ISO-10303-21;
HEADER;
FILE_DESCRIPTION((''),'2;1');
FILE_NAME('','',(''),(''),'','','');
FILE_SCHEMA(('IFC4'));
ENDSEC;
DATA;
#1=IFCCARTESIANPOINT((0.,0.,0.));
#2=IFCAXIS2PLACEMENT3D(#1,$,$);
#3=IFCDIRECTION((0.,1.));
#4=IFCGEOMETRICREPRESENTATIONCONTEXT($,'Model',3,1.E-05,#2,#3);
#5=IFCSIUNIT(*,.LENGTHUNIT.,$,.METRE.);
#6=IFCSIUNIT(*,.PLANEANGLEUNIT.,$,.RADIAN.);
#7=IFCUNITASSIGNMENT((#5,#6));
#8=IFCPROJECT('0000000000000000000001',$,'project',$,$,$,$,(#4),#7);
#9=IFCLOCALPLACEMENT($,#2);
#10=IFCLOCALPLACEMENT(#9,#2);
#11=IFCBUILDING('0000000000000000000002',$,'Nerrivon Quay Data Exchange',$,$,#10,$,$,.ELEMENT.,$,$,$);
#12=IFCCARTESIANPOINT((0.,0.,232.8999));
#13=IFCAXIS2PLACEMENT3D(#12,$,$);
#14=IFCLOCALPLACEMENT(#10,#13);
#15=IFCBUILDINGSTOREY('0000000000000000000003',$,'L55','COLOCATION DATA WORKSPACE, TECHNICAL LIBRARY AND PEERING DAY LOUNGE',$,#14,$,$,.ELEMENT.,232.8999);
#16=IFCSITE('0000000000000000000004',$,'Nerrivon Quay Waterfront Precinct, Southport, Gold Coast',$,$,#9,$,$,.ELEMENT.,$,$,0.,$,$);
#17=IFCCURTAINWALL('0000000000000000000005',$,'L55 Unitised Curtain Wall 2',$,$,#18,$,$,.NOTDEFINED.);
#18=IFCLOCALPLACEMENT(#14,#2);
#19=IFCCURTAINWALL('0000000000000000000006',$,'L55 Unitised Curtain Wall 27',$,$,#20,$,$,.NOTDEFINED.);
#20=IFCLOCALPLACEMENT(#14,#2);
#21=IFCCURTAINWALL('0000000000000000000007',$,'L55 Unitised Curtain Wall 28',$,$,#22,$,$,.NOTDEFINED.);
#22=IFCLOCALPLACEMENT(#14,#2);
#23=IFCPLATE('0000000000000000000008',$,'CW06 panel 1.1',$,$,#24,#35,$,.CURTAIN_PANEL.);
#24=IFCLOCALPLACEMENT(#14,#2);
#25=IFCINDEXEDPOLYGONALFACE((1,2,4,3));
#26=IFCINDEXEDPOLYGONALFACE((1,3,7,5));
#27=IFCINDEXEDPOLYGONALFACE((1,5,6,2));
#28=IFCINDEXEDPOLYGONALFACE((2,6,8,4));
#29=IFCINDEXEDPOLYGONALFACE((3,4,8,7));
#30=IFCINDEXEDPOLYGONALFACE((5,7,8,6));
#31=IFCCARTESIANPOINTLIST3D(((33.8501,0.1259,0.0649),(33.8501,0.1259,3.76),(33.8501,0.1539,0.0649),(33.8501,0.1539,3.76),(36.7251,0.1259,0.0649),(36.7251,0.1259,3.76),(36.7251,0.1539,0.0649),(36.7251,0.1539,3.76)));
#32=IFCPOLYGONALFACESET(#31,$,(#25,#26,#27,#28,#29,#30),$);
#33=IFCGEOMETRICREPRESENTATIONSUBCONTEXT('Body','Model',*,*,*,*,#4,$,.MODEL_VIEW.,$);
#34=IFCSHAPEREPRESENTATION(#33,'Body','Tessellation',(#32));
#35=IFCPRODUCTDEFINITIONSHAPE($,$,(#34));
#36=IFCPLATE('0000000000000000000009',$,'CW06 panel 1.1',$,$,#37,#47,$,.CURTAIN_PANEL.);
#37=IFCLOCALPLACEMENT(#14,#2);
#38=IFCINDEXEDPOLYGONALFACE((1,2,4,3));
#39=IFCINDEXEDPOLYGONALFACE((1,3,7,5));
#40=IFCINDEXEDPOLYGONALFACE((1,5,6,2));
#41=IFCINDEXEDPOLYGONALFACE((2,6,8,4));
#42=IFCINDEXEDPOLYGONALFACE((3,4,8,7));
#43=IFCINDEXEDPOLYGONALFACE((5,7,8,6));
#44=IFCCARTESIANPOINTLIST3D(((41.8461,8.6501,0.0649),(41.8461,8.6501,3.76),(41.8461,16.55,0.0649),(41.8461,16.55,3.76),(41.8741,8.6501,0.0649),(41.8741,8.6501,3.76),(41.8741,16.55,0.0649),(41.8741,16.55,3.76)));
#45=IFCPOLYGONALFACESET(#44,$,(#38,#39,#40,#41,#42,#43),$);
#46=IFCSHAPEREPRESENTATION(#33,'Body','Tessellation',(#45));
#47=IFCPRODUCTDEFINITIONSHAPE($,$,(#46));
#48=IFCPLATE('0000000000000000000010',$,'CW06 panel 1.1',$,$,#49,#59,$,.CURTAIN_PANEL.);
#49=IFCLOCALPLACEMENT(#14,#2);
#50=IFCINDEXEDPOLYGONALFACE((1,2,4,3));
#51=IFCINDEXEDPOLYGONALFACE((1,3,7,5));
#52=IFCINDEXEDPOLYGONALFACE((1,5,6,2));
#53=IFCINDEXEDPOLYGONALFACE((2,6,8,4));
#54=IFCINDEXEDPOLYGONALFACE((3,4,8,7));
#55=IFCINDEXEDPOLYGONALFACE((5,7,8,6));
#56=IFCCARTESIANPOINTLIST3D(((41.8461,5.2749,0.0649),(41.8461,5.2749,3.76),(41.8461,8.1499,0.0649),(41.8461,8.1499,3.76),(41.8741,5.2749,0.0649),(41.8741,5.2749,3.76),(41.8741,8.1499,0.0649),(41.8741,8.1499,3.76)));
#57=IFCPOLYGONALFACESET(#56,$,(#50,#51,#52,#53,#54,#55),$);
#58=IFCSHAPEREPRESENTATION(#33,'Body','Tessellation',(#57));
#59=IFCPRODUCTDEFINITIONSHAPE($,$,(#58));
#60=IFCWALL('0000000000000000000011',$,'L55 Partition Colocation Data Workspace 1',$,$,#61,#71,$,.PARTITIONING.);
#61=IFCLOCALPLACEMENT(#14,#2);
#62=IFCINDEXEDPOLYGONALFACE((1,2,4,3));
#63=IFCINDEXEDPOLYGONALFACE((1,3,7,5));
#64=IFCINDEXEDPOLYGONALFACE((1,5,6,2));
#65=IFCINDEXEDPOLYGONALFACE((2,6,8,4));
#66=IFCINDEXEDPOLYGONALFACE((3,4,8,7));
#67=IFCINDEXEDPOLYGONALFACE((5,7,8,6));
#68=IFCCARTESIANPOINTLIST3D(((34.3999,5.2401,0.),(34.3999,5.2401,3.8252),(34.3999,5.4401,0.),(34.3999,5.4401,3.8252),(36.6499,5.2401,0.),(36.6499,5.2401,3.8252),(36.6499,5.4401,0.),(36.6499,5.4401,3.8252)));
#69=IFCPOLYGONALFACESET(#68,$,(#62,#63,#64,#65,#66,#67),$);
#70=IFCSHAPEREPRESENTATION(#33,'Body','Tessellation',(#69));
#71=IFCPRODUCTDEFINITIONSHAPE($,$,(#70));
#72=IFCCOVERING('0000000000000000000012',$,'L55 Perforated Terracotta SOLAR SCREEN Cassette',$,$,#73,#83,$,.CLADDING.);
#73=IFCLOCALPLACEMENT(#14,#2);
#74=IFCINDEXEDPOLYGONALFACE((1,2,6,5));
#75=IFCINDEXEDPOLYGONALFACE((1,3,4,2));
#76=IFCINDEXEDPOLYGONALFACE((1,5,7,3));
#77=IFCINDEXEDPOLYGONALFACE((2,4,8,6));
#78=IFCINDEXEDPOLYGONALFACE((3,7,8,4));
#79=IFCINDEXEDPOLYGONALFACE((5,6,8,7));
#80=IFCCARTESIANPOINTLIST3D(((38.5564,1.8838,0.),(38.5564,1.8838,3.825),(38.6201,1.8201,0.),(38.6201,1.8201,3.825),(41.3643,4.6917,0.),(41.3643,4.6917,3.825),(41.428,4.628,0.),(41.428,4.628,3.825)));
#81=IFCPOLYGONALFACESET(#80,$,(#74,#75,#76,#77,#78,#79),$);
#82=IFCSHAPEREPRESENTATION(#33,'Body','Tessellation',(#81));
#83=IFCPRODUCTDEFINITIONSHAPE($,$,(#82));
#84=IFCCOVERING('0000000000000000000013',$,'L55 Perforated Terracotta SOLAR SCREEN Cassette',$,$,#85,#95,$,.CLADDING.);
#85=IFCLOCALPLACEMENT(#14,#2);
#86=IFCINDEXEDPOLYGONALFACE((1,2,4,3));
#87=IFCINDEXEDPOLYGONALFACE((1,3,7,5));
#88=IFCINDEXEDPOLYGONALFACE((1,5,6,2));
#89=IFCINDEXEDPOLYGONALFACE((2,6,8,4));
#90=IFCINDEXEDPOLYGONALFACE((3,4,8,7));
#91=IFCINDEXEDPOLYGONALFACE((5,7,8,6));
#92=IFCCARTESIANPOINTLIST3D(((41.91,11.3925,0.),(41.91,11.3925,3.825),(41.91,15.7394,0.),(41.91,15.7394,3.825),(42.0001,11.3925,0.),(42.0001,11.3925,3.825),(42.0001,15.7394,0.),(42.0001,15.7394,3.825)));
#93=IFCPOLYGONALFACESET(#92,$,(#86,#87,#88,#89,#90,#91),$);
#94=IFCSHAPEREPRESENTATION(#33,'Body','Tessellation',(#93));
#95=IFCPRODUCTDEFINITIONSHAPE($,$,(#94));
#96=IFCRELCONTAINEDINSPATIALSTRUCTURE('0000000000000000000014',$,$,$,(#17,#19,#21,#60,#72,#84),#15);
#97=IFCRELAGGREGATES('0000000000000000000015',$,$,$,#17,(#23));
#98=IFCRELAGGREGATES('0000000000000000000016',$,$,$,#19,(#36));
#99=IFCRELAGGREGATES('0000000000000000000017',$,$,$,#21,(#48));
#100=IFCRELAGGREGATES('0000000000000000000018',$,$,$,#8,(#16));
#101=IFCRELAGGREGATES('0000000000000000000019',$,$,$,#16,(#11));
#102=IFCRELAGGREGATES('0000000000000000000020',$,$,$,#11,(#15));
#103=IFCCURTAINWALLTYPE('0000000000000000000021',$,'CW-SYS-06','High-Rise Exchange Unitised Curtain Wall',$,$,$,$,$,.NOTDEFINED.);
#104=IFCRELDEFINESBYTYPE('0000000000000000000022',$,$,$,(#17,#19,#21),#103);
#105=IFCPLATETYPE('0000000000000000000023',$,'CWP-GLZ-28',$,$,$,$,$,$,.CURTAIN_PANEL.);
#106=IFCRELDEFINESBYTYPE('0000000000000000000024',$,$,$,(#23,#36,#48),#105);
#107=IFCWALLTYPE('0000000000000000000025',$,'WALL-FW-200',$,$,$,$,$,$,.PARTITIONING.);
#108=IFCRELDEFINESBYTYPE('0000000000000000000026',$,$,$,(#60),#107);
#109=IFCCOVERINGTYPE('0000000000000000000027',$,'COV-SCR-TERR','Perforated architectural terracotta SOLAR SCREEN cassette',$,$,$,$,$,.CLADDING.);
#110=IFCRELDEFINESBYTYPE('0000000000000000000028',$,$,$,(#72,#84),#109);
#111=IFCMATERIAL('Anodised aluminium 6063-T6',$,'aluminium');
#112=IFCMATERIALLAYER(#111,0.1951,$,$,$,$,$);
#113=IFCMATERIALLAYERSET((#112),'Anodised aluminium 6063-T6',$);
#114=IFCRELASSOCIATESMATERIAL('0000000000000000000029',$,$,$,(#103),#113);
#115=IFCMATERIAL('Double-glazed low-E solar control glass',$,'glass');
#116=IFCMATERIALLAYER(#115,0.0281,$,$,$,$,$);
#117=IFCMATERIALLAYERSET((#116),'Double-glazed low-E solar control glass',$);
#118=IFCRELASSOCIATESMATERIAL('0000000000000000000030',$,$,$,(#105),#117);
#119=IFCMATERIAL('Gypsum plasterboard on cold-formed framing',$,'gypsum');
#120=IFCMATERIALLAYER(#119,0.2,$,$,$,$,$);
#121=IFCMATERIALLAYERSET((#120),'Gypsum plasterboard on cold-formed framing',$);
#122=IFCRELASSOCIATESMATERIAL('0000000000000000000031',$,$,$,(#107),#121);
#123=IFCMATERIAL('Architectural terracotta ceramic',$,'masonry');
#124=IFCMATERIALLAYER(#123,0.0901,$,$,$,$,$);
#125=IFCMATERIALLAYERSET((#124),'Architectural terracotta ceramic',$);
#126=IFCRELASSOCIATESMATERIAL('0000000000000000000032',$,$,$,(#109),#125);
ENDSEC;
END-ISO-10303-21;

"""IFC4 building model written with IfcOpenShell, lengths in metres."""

from ifc_helpers import new_model, si_unit, direction, frame, frame_2d, origin, origin_2d, place, context, subcontext, project, spatial, rectangle, extrude, material, layer, layer_set, type_object, element, aggregate, save


model = new_model("IFC4")

# Units and contexts
model_context = context("Model", 3, precision=1e-05, world=origin(), true_north=direction((0.0, 1.0)))
body_context = subcontext(model_context, "Body", "Model", "MODEL_VIEW")
ifc_project = project(units=[si_unit("LENGTHUNIT", "METRE"), si_unit("PLANEANGLEUNIT", "RADIAN")], contexts=[model_context])

# Site, building, storey
site_placement = place(None, origin())
site = spatial("IfcSite", under=ifc_project, at=site_placement, Name="Nerrivon Quay Waterfront Precinct, Southport, Gold Coast", CompositionType="ELEMENT", RefElevation=0.0)
building_placement = place(site_placement, origin())
building = spatial("IfcBuilding", under=site, at=building_placement, Name="Nerrivon Quay Data Exchange", CompositionType="ELEMENT")
storey_placement = place(building_placement, frame((0.0, 0.0, 232.8999)))
storey = spatial("IfcBuildingStorey", under=building, at=storey_placement, Name="L55", Description="COLOCATION DATA WORKSPACE, TECHNICAL LIBRARY AND PEERING DAY LOUNGE", CompositionType="ELEMENT", Elevation=232.8999)

# Shared definitions
ifc_material_1 = material(Name="Anodised aluminium 6063-T6", Category="aluminium")
ifc_layer_1 = layer(ifc_material_1, 0.1951)
ifc_layer_set_1 = layer_set([ifc_layer_1], Name="Anodised aluminium 6063-T6")
curtain_wall_type = type_object("IfcCurtainWallType", Name="CW-SYS-06", Description="High-Rise Exchange Unitised Curtain Wall", PredefinedType="NOTDEFINED", material=ifc_layer_set_1)

# Curtain walls
curtain_wall_1_placement = place(storey_placement, origin())
curtain_wall_1 = element("IfcCurtainWall", 1, at=curtain_wall_1_placement, inside=storey, type_object=curtain_wall_type, Name="L55 Unitised Curtain Wall 2", PredefinedType="NOTDEFINED")
curtain_wall_2_placement = place(storey_placement, origin())
curtain_wall_2 = element("IfcCurtainWall", 2, at=curtain_wall_2_placement, inside=storey, type_object=curtain_wall_type, Name="L55 Unitised Curtain Wall 27", PredefinedType="NOTDEFINED")

# Curtain wall
curtain_wall_3_placement = place(storey_placement, origin())
curtain_wall_3 = element("IfcCurtainWall", 3, at=curtain_wall_3_placement, inside=storey, type_object=curtain_wall_type, Name="L55 Unitised Curtain Wall 28", PredefinedType="NOTDEFINED")

# Plates
ifc_material_2 = material(Name="Double-glazed low-E solar control glass", Category="glass")
ifc_layer_2 = layer(ifc_material_2, 0.0281)
ifc_layer_set_2 = layer_set([ifc_layer_2], Name="Double-glazed low-E solar control glass")
plate_type = type_object("IfcPlateType", Name="CWP-GLZ-28", PredefinedType="CURTAIN_PANEL", material=ifc_layer_set_2)
plate_1_placement = place(storey_placement, frame((35.2876, 0.1399, 0.0649), z_axis=(0.0, 0.0, 1.0), x_axis=(-1.0, 0.0, 0.0)))
plate_1 = element("IfcPlate", 4, at=plate_1_placement, type_object=plate_type, Name="CW06 panel 1.1", PredefinedType="CURTAIN_PANEL", context=body_context, shape_type="SweptSolid", body=[
    extrude(rectangle(XDim=2.875, YDim=0.0281, at=origin_2d()), origin(), (0.0, 0.0, 1.0), 3.6951),
])
aggregate(curtain_wall_1, [plate_1])
plate_2_placement = place(storey_placement, frame((41.8601, 12.6001, 0.0649), z_axis=(0.0, 0.0, 1.0), x_axis=(0.0, -1.0, 0.0)))
plate_2 = element("IfcPlate", 5, at=plate_2_placement, type_object=plate_type, Name="CW06 panel 1.1", PredefinedType="CURTAIN_PANEL", context=body_context, shape_type="SweptSolid", body=[
    extrude(rectangle(XDim=7.8999, YDim=0.0281, at=origin_2d()), origin(), (0.0, 0.0, 1.0), 3.6951),
])
aggregate(curtain_wall_2, [plate_2])
plate_3_placement = place(storey_placement, frame((41.8601, 6.7124, 0.0649), z_axis=(0.0, 0.0, 1.0), x_axis=(0.0, -1.0, 0.0)))
plate_3 = element("IfcPlate", 6, at=plate_3_placement, type_object=plate_type, Name="CW06 panel 1.1", PredefinedType="CURTAIN_PANEL", context=body_context, shape_type="SweptSolid", body=[
    extrude(rectangle(XDim=2.875, YDim=0.0281, at=origin_2d()), origin(), (0.0, 0.0, 1.0), 3.6951),
])
aggregate(curtain_wall_3, [plate_3])

# Wall
ifc_material_3 = material(Name="Gypsum plasterboard on cold-formed framing", Category="gypsum")
ifc_layer_3 = layer(ifc_material_3, 0.2)
ifc_layer_set_3 = layer_set([ifc_layer_3], Name="Gypsum plasterboard on cold-formed framing")
wall_type = type_object("IfcWallType", Name="WALL-FW-200", PredefinedType="PARTITIONING", material=ifc_layer_set_3)
wall_placement = place(storey_placement, frame((36.6499, 5.3401, 0.0), z_axis=(0.0, 0.0, 1.0), x_axis=(-1.0, 0.0, 0.0)))
element("IfcWall", 7, at=wall_placement, inside=storey, type_object=wall_type, Name="L55 Partition Colocation Data Workspace 1", PredefinedType="PARTITIONING", context=body_context, shape_type="SweptSolid", body=[
    extrude(rectangle(XDim=2.25, YDim=0.2, at=frame_2d((1.125, 0.0))), origin(), (0.0, 0.0, 1.0), 3.8252),
])

# Coverings
ifc_material_4 = material(Name="Architectural terracotta ceramic", Category="masonry")
ifc_layer_4 = layer(ifc_material_4, 0.0901)
ifc_layer_set_4 = layer_set([ifc_layer_4], Name="Architectural terracotta ceramic")
covering_type = type_object("IfcCoveringType", Name="COV-SCR-TERR", Description="Perforated architectural terracotta SOLAR SCREEN cassette", PredefinedType="CLADDING", material=ifc_layer_set_4)
covering_1_placement = place(storey_placement, frame((39.9922, 3.2559, 0.0), z_axis=(0.0, 0.0, 1.0), x_axis=(-0.707107, -0.707107, 0.0)))
element("IfcCovering", 8, at=covering_1_placement, inside=storey, type_object=covering_type, Name="L55 Perforated Terracotta SOLAR SCREEN Cassette", PredefinedType="CLADDING", context=body_context, shape_type="SweptSolid", body=[
    extrude(rectangle(XDim=3.9709, YDim=0.0901, at=origin_2d()), origin(), (0.0, 0.0, 1.0), 3.825),
])
covering_2_placement = place(storey_placement, frame((41.9551, 13.5659, 0.0), z_axis=(0.0, 0.0, 1.0), x_axis=(0.0, -1.0, 0.0)))
element("IfcCovering", 9, at=covering_2_placement, inside=storey, type_object=covering_type, Name="L55 Perforated Terracotta SOLAR SCREEN Cassette", PredefinedType="CLADDING", context=body_context, shape_type="SweptSolid", body=[
    extrude(rectangle(XDim=4.3469, YDim=0.0901, at=origin_2d()), origin(), (0.0, 0.0, 1.0), 3.825),
])

save(model, "model.ifc")
